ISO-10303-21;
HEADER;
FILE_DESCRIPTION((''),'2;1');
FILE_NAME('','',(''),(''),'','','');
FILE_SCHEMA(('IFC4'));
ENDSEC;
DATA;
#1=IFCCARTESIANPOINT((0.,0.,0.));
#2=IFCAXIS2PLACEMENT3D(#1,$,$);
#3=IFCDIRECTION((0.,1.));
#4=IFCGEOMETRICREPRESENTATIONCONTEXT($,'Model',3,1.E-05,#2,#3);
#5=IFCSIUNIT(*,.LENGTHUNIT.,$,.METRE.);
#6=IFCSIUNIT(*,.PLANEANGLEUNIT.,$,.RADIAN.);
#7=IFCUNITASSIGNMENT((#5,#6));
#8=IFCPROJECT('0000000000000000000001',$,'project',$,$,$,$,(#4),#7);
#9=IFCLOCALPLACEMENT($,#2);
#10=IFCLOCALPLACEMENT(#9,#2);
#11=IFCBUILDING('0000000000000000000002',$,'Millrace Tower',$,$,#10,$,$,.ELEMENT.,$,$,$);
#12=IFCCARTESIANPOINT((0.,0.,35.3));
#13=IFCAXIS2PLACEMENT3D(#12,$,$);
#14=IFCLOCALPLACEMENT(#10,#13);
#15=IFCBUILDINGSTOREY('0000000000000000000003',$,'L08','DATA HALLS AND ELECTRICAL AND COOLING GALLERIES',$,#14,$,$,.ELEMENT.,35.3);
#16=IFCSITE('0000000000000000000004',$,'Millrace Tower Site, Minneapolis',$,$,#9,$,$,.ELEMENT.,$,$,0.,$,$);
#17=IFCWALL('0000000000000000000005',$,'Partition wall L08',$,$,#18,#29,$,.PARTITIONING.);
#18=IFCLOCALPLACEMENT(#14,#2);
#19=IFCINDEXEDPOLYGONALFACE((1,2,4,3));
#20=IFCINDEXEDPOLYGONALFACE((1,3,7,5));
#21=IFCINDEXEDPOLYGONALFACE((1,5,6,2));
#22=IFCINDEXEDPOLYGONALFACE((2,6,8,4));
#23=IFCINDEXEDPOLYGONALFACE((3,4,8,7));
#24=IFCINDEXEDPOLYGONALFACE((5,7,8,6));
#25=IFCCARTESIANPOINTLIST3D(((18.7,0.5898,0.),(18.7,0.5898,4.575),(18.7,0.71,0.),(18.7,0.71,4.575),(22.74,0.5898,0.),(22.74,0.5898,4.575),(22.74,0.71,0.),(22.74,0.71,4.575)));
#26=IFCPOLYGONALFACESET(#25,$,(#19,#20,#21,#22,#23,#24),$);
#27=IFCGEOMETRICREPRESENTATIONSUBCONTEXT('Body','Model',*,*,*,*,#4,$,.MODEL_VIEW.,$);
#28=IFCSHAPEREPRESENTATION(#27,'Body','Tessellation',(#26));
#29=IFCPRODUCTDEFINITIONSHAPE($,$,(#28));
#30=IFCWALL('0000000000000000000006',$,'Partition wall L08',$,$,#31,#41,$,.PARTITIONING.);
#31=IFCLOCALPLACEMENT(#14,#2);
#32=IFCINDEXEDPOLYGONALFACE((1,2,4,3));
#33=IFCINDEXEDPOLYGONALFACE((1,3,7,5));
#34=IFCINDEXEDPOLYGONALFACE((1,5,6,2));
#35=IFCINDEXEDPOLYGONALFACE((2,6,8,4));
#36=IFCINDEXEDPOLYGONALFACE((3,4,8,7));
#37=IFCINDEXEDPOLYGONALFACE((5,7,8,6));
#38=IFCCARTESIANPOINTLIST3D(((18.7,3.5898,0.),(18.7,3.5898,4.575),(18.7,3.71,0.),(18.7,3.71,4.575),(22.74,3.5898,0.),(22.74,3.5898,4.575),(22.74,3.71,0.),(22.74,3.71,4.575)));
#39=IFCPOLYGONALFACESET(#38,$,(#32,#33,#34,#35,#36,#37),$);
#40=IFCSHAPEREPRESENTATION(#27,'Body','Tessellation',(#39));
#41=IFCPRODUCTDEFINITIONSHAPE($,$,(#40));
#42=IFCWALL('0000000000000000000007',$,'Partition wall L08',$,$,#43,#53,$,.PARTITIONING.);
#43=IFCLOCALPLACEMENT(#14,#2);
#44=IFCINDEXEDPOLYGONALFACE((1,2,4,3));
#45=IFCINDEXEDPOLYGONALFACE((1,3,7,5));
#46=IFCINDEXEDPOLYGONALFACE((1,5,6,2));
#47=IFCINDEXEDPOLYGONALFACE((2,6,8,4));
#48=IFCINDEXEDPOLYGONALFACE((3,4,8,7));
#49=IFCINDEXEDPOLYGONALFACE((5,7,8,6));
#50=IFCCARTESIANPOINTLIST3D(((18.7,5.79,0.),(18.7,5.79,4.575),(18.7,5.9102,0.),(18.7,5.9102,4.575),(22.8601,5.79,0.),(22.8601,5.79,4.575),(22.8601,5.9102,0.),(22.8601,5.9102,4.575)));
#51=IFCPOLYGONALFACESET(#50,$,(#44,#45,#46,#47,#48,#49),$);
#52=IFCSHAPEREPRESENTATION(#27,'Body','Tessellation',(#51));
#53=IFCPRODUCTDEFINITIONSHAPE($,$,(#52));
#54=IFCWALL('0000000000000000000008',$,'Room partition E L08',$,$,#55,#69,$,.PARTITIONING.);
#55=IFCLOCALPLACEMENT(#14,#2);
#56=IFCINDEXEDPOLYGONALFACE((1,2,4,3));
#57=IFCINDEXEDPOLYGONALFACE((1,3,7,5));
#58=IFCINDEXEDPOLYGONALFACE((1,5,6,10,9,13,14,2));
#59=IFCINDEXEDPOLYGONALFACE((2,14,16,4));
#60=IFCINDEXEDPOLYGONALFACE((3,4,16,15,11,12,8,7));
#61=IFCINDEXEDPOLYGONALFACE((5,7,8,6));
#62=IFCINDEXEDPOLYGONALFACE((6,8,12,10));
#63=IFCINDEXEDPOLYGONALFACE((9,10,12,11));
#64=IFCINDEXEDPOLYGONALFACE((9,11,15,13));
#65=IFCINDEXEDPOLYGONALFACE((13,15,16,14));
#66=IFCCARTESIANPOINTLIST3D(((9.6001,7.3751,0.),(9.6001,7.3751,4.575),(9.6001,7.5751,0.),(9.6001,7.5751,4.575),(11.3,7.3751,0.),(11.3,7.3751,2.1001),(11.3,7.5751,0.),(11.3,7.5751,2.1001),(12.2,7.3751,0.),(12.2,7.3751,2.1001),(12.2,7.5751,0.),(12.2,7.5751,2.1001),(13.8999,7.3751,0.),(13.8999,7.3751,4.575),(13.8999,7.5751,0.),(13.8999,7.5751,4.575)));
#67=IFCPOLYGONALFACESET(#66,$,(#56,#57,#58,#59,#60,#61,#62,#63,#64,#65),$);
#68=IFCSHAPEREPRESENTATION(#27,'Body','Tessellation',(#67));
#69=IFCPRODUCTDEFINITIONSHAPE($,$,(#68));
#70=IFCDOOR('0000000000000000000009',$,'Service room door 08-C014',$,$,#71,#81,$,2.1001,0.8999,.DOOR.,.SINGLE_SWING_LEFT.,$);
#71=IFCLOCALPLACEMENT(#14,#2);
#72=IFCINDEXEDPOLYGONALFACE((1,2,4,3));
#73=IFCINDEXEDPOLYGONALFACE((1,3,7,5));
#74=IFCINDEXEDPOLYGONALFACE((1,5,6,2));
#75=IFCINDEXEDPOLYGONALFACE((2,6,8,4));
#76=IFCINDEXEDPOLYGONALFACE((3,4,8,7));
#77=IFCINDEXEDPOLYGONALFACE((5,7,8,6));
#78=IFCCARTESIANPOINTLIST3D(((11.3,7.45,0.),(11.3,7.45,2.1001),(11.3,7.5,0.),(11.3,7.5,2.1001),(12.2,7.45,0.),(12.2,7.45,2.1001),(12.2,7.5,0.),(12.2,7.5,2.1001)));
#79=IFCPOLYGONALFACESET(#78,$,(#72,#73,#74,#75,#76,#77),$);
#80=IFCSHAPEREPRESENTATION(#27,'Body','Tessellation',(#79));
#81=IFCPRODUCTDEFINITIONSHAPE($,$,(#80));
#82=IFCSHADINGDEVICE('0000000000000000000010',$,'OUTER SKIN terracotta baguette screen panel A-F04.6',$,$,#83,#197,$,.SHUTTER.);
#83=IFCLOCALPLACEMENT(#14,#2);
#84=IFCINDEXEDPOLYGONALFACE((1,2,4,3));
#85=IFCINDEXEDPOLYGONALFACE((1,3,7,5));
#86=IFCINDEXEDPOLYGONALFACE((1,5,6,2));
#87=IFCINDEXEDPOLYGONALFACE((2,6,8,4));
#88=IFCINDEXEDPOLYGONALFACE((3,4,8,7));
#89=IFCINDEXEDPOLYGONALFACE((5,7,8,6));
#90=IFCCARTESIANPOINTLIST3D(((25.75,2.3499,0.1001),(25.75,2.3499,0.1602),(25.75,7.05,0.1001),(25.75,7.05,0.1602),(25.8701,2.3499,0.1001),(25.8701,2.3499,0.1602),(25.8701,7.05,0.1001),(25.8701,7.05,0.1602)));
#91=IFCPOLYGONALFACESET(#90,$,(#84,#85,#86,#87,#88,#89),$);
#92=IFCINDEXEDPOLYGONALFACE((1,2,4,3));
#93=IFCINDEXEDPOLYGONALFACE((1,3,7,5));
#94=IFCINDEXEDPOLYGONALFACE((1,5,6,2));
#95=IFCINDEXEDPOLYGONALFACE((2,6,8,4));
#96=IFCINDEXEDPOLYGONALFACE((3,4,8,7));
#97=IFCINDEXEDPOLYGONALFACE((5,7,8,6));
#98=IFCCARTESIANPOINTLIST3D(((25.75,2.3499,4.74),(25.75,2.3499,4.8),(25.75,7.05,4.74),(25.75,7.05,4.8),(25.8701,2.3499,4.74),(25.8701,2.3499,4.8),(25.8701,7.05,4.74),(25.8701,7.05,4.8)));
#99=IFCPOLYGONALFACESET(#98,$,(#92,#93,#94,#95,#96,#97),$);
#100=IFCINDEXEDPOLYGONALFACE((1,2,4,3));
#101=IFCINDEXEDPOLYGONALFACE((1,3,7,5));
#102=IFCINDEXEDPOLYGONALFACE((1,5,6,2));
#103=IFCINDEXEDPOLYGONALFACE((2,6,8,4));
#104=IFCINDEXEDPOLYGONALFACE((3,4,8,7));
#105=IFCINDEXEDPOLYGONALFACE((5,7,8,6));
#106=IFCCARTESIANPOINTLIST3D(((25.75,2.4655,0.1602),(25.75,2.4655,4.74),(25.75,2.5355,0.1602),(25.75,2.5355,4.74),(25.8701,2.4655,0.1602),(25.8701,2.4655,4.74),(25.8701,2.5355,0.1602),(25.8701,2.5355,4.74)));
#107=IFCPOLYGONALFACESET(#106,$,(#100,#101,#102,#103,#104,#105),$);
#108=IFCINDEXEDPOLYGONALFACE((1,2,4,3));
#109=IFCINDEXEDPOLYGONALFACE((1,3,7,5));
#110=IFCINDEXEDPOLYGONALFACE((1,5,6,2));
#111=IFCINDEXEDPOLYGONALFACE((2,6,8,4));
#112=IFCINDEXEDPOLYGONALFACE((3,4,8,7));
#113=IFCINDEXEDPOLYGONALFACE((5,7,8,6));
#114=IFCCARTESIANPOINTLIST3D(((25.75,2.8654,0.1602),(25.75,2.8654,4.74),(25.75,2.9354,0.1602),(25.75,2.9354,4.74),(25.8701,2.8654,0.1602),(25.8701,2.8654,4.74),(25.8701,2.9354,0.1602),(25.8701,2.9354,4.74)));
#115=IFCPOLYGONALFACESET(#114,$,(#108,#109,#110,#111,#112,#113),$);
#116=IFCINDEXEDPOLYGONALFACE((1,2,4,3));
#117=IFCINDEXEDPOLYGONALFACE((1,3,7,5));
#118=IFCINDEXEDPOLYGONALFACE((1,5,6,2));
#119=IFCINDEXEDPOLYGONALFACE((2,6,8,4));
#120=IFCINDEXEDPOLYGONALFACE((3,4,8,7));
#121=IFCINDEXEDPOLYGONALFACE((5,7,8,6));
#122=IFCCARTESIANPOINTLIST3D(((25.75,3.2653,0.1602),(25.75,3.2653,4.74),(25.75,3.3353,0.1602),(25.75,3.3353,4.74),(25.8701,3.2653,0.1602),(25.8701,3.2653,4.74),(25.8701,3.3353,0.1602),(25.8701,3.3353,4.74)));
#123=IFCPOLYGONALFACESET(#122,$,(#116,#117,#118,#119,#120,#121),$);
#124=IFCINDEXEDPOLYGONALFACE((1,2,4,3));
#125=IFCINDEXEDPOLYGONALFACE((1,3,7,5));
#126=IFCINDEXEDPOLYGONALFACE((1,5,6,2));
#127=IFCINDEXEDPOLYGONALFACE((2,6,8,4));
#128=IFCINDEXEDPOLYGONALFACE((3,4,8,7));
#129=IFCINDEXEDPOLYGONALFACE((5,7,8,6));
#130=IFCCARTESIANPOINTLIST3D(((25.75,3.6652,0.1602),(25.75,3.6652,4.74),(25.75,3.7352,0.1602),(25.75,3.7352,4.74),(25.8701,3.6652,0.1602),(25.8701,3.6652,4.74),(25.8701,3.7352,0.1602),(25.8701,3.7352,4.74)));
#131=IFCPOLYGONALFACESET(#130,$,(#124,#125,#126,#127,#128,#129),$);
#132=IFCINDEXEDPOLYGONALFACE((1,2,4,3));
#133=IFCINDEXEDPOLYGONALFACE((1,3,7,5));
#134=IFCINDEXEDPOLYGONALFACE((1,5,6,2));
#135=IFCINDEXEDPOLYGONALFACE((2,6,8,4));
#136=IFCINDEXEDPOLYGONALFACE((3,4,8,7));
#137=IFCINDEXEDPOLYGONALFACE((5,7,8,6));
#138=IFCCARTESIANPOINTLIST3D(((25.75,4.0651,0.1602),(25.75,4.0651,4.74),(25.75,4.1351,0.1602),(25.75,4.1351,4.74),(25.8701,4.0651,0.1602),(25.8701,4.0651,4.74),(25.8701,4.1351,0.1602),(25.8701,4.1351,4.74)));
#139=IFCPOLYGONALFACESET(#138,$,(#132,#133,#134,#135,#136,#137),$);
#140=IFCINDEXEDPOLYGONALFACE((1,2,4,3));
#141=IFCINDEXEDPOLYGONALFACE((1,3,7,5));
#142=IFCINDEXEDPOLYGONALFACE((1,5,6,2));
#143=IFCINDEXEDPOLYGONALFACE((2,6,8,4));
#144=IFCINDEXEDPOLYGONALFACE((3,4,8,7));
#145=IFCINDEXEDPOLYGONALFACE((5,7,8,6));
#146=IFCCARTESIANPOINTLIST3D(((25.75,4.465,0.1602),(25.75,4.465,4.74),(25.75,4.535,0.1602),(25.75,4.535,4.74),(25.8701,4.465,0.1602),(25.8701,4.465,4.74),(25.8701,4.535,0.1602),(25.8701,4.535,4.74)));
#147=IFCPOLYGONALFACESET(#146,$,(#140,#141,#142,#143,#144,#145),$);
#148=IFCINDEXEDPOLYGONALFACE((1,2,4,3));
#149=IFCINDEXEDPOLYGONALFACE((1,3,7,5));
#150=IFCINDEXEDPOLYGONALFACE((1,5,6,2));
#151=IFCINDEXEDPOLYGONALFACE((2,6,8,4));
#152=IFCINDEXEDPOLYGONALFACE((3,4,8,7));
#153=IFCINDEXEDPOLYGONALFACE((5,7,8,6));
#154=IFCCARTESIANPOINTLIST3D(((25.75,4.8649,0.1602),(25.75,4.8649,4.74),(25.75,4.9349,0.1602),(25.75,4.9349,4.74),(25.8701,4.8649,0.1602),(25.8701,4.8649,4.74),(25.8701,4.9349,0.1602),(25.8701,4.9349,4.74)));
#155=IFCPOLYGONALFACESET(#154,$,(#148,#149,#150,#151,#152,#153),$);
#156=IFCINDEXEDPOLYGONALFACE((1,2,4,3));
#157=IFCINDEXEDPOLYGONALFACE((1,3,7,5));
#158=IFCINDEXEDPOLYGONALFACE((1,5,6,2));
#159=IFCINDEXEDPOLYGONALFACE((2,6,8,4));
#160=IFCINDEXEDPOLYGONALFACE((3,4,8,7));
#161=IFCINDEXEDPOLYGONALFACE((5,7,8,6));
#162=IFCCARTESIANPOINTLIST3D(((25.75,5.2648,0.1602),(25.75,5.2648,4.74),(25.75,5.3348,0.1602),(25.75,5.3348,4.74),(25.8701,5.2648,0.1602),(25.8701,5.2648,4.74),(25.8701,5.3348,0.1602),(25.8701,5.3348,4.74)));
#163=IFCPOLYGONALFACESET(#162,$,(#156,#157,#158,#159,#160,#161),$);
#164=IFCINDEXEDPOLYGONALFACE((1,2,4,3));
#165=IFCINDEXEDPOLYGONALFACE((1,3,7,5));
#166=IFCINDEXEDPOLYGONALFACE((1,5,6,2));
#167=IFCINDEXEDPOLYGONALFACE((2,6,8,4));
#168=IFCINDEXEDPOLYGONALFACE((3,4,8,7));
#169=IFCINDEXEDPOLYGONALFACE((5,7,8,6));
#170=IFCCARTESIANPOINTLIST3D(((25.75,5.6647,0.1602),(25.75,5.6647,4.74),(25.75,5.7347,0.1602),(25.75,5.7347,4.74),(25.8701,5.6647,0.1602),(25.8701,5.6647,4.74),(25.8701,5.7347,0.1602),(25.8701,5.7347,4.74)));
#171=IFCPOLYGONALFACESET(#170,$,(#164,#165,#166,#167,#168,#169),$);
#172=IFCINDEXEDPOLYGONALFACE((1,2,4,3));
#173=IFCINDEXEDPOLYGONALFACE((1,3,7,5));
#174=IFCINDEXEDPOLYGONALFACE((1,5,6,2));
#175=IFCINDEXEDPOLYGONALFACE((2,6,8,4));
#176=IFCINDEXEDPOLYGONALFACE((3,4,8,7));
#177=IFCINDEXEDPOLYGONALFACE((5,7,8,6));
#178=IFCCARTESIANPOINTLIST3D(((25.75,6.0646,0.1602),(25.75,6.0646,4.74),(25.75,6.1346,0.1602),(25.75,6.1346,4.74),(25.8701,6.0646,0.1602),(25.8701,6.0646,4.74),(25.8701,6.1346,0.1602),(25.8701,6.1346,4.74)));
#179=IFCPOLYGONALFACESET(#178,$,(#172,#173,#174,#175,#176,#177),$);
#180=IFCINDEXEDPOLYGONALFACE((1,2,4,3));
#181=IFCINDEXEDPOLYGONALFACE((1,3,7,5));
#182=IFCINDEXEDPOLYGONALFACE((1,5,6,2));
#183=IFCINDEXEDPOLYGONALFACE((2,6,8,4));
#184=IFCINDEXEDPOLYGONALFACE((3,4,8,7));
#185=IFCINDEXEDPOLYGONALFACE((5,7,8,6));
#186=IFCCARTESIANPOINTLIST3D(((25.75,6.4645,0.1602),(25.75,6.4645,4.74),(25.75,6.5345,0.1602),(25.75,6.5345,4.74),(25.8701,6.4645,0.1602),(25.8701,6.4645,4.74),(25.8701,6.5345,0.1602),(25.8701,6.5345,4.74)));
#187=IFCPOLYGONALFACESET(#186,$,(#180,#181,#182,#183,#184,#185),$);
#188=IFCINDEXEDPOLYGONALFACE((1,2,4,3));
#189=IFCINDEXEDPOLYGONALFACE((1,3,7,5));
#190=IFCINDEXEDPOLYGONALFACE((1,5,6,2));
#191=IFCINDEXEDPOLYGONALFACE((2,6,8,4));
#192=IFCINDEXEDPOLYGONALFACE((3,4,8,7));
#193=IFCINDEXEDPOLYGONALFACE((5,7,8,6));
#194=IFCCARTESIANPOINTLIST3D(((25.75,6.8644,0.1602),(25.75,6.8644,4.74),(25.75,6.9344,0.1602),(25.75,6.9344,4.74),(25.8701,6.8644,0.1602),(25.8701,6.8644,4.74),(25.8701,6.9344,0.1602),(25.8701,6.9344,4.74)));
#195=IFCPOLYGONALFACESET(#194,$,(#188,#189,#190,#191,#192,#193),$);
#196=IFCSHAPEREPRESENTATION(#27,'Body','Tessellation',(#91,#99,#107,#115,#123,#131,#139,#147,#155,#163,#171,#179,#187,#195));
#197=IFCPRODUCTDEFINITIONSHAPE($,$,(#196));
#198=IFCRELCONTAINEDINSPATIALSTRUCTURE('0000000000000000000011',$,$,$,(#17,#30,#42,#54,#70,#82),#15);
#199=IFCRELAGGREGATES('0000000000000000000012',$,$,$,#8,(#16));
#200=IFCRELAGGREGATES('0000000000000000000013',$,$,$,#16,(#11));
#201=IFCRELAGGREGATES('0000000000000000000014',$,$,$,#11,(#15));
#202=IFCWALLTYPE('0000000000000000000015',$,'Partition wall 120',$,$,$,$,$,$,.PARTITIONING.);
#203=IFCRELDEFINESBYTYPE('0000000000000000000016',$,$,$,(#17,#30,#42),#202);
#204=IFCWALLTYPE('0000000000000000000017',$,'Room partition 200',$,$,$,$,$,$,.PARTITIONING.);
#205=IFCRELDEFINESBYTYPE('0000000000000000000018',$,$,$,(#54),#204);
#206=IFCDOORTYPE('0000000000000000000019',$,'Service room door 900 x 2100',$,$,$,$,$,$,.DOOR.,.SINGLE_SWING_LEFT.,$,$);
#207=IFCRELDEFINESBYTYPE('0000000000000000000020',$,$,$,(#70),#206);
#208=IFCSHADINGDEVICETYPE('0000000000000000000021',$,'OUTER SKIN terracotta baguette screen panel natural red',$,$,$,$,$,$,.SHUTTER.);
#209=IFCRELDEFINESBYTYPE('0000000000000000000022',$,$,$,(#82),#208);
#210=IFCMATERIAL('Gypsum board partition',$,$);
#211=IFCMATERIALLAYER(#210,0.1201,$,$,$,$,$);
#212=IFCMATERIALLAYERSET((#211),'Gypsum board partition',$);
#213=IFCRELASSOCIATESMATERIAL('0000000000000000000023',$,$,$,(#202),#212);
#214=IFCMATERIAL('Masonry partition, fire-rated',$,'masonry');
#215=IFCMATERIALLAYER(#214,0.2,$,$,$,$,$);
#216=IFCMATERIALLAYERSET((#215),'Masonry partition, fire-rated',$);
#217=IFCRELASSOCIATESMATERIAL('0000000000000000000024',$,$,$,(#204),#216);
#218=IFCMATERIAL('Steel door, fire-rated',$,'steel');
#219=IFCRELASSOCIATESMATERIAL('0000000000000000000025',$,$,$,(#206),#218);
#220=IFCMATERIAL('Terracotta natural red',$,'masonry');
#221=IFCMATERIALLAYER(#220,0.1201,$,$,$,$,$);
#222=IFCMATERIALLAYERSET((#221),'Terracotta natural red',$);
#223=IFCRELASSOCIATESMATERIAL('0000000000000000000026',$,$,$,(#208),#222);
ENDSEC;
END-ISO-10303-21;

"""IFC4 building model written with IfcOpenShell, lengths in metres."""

from ifc_helpers import new_model, entity, si_unit, direction, frame, frame_2d, origin, place, context, subcontext, project, spatial, rectangle, extrude, source, transform, mapped, material, layer, layer_set, type_object, element, fill, save


model = new_model("IFC4")

# Units and contexts
model_context = context("Model", 3, precision=1e-05, world=origin(), true_north=direction((0.0, 1.0)))
body_context = subcontext(model_context, "Body", "Model", "MODEL_VIEW")
ifc_project = project(units=[si_unit("LENGTHUNIT", "METRE"), si_unit("PLANEANGLEUNIT", "RADIAN")], contexts=[model_context])

# Site, building, storey
site_placement = place(None, origin())
site = spatial("IfcSite", under=ifc_project, at=site_placement, Name="Millrace Tower Site, Minneapolis", CompositionType="ELEMENT", RefElevation=0.0)
building_placement = place(site_placement, origin())
building = spatial("IfcBuilding", under=site, at=building_placement, Name="Millrace Tower", CompositionType="ELEMENT")
storey_placement = place(building_placement, frame((0.0, 0.0, 35.3)))
storey = spatial("IfcBuildingStorey", under=building, at=storey_placement, Name="L08", Description="DATA HALLS AND ELECTRICAL AND COOLING GALLERIES", CompositionType="ELEMENT", Elevation=35.3)

# Walls
ifc_material_1 = material(Name="Gypsum board partition")
ifc_layer_1 = layer(ifc_material_1, 0.1201)
ifc_layer_set_1 = layer_set([ifc_layer_1], Name="Gypsum board partition")
wall_type_1 = type_object("IfcWallType", Name="Partition wall 120", PredefinedType="PARTITIONING", material=ifc_layer_set_1)
for number, where, z_axis, x_axis, name in (
    (1, (18.7, 0.6499, 0.0), (0.0, 0.0, 1.0), (1.0, 0.0, 0.0), "Partition wall L08"),
    (2, (18.7, 3.6499, 0.0), (0.0, 0.0, 1.0), (1.0, 0.0, 0.0), "Partition wall L08"),
):
    element("IfcWall", number, at=place(storey_placement, frame(where, z_axis=z_axis, x_axis=x_axis)), inside=storey, type_object=wall_type_1, Name=name, PredefinedType="PARTITIONING", context=body_context, shape_type="SweptSolid", body=[
        extrude(rectangle(XDim=4.04, YDim=0.1201, at=frame_2d((2.02, 0.0))), origin(), (0.0, 0.0, 1.0), 4.575),
    ])
wall_1_placement = place(storey_placement, frame((18.7, 5.8501, 0.0), z_axis=(0.0, 0.0, 1.0), x_axis=(1.0, 0.0, 0.0)))
element("IfcWall", 3, at=wall_1_placement, inside=storey, type_object=wall_type_1, Name="Partition wall L08", PredefinedType="PARTITIONING", context=body_context, shape_type="SweptSolid", body=[
    extrude(rectangle(XDim=4.1602, YDim=0.1201, at=frame_2d((2.0801, 0.0))), origin(), (0.0, 0.0, 1.0), 4.575),
])

# Wall, opening, door
ifc_material_2 = material(Name="Masonry partition, fire-rated", Category="masonry")
ifc_layer_2 = layer(ifc_material_2, 0.2)
ifc_layer_set_2 = layer_set([ifc_layer_2], Name="Masonry partition, fire-rated")
wall_type_2 = type_object("IfcWallType", Name="Room partition 200", PredefinedType="PARTITIONING", material=ifc_layer_set_2)
wall_2_placement = place(storey_placement, frame((13.8999, 7.4751, 0.0), z_axis=(0.0, 0.0, 1.0), x_axis=(-1.0, 0.0, 0.0)))
wall_2 = element("IfcWall", 4, at=wall_2_placement, inside=storey, type_object=wall_type_2, Name="Room partition E L08", PredefinedType="PARTITIONING", context=body_context, shape_type="SweptSolid", body=[
    extrude(rectangle(XDim=4.2998, YDim=0.2, at=frame_2d((2.1499, 0.0))), origin(), (0.0, 0.0, 1.0), 4.575),
])
opening_1_placement = place(wall_2_placement, frame((1.7, 0.0, 0.0)))
opening_1 = element("IfcOpeningElement", 5, at=opening_1_placement, cuts=wall_2, PredefinedType="OPENING", context=body_context, shape_type="SweptSolid", body=[
    extrude(rectangle(XDim=0.8999, YDim=2.1001, at=frame_2d((0.45, 1.05))), frame((0.0, 0.1099, 0.0), z_axis=(0.0, -1.0, 0.0), x_axis=(1.0, 0.0, 0.0)), (0.0, 0.0, 1.0), 0.22),
])
ifc_material_3 = material(Name="Steel door, fire-rated", Category="steel")
door_type_1 = type_object("IfcDoorType", Name="Service room door 900 x 2100", OperationType="SINGLE_SWING_LEFT", PredefinedType="DOOR", material=ifc_material_3)
door_1_placement = place(opening_1_placement, frame((0.8999, 0.0, 0.0), z_axis=(0.0, 0.0, 1.0), x_axis=(-1.0, 0.0, 0.0)))
door_1 = element("IfcDoor", 6, at=door_1_placement, inside=storey, type_object=door_type_1, Name="Service room door 08-C014", OperationType="SINGLE_SWING_LEFT", OverallHeight=2.1001, OverallWidth=0.8999, PredefinedType="DOOR", context=body_context, shape_type="SweptSolid", body=[
    extrude(rectangle(XDim=0.8999, YDim=2.1001, at=frame_2d((0.45, 1.05))), frame((0.0, 0.0249, 0.0), z_axis=(0.0, -1.0, 0.0), x_axis=(1.0, 0.0, 0.0)), (0.0, 0.0, 1.0), 0.05),
])
fill(opening_1, door_1)

# Shading device
cartesian_point = entity("IfcCartesianPoint", [-2.3501, 0.0601])
shared_polyline = entity("IfcPolyline", [cartesian_point, entity("IfcCartesianPoint", [2.3501, 0.0601]), entity("IfcCartesianPoint", [2.3501, -0.0601]), entity("IfcCartesianPoint", [-2.3501, -0.0601]), cartesian_point])
ifc_material_4 = material(Name="Terracotta natural red", Category="masonry")
ifc_layer_3 = layer(ifc_material_4, 0.1201)
ifc_layer_set_3 = layer_set([ifc_layer_3], Name="Terracotta natural red")
shading_device_type_1 = type_object("IfcShadingDeviceType", Name="OUTER SKIN terracotta baguette screen panel natural red", PredefinedType="SHUTTER", material=ifc_layer_set_3)
shared_shape_1 = source(origin(), body_context, "Body", "SweptSolid", [
    entity("IfcExtrudedAreaSolid", entity("IfcArbitraryClosedProfileDef", "AREA", None, shared_polyline), entity("IfcAxis2Placement3D", entity("IfcCartesianPoint", [0.0, 0.0, 0.0])), entity("IfcDirection", [0.0, 0.0, 1.0]), 0.0601),
    entity("IfcExtrudedAreaSolid", entity("IfcArbitraryClosedProfileDef", "AREA", None, shared_polyline), entity("IfcAxis2Placement3D", entity("IfcCartesianPoint", [0.0, 0.0, 4.6399])), entity("IfcDirection", [0.0, 0.0, 1.0]), 0.0601),
    extrude(rectangle(XDim=0.0701, YDim=0.1201, at=frame_2d((-2.1995, 0.0))), frame((0.0, 0.0, 0.0601)), (0.0, 0.0, 1.0), 4.5798),
    extrude(rectangle(XDim=0.0701, YDim=0.1201, at=frame_2d((-1.7996, 0.0))), frame((0.0, 0.0, 0.0601)), (0.0, 0.0, 1.0), 4.5798),
    extrude(rectangle(XDim=0.0701, YDim=0.1201, at=frame_2d((-1.3997, 0.0))), frame((0.0, 0.0, 0.0601)), (0.0, 0.0, 1.0), 4.5798),
    extrude(rectangle(XDim=0.0701, YDim=0.1201, at=frame_2d((-0.9998, 0.0))), frame((0.0, 0.0, 0.0601)), (0.0, 0.0, 1.0), 4.5798),
    extrude(rectangle(XDim=0.0701, YDim=0.1201, at=frame_2d((-0.5999, 0.0))), frame((0.0, 0.0, 0.0601)), (0.0, 0.0, 1.0), 4.5798),
    extrude(rectangle(XDim=0.0701, YDim=0.1201, at=frame_2d((-0.2, 0.0))), frame((0.0, 0.0, 0.0601)), (0.0, 0.0, 1.0), 4.5798),
    extrude(rectangle(XDim=0.0701, YDim=0.1201, at=frame_2d((0.2, 0.0))), frame((0.0, 0.0, 0.0601)), (0.0, 0.0, 1.0), 4.5798),
    extrude(rectangle(XDim=0.0701, YDim=0.1201, at=frame_2d((0.5999, 0.0))), frame((0.0, 0.0, 0.0601)), (0.0, 0.0, 1.0), 4.5798),
    extrude(rectangle(XDim=0.0701, YDim=0.1201, at=frame_2d((0.9998, 0.0))), frame((0.0, 0.0, 0.0601)), (0.0, 0.0, 1.0), 4.5798),
    extrude(rectangle(XDim=0.0701, YDim=0.1201, at=frame_2d((1.3997, 0.0))), frame((0.0, 0.0, 0.0601)), (0.0, 0.0, 1.0), 4.5798),
    extrude(rectangle(XDim=0.0701, YDim=0.1201, at=frame_2d((1.7996, 0.0))), frame((0.0, 0.0, 0.0601)), (0.0, 0.0, 1.0), 4.5798),
    extrude(rectangle(XDim=0.0701, YDim=0.1201, at=frame_2d((2.1995, 0.0))), frame((0.0, 0.0, 0.0601)), (0.0, 0.0, 1.0), 4.5798),
])
for number, where, z_axis, x_axis, name in (
    (7, (25.8101, 4.7, 0.1001), (0.0, 0.0, 1.0), (0.0, 1.0, 0.0), "OUTER SKIN terracotta baguette screen panel A-F04.6"),
):
    element("IfcShadingDevice", number, at=place(storey_placement, frame(where, z_axis=z_axis, x_axis=x_axis)), inside=storey, type_object=shading_device_type_1, Name=name, PredefinedType="SHUTTER", context=body_context, shape_type="MappedRepresentation", body=[
        mapped(shared_shape_1, transform((0.0, 0.0, 0.0), scale=1.0)),
    ])

save(model, "model.ifc")
